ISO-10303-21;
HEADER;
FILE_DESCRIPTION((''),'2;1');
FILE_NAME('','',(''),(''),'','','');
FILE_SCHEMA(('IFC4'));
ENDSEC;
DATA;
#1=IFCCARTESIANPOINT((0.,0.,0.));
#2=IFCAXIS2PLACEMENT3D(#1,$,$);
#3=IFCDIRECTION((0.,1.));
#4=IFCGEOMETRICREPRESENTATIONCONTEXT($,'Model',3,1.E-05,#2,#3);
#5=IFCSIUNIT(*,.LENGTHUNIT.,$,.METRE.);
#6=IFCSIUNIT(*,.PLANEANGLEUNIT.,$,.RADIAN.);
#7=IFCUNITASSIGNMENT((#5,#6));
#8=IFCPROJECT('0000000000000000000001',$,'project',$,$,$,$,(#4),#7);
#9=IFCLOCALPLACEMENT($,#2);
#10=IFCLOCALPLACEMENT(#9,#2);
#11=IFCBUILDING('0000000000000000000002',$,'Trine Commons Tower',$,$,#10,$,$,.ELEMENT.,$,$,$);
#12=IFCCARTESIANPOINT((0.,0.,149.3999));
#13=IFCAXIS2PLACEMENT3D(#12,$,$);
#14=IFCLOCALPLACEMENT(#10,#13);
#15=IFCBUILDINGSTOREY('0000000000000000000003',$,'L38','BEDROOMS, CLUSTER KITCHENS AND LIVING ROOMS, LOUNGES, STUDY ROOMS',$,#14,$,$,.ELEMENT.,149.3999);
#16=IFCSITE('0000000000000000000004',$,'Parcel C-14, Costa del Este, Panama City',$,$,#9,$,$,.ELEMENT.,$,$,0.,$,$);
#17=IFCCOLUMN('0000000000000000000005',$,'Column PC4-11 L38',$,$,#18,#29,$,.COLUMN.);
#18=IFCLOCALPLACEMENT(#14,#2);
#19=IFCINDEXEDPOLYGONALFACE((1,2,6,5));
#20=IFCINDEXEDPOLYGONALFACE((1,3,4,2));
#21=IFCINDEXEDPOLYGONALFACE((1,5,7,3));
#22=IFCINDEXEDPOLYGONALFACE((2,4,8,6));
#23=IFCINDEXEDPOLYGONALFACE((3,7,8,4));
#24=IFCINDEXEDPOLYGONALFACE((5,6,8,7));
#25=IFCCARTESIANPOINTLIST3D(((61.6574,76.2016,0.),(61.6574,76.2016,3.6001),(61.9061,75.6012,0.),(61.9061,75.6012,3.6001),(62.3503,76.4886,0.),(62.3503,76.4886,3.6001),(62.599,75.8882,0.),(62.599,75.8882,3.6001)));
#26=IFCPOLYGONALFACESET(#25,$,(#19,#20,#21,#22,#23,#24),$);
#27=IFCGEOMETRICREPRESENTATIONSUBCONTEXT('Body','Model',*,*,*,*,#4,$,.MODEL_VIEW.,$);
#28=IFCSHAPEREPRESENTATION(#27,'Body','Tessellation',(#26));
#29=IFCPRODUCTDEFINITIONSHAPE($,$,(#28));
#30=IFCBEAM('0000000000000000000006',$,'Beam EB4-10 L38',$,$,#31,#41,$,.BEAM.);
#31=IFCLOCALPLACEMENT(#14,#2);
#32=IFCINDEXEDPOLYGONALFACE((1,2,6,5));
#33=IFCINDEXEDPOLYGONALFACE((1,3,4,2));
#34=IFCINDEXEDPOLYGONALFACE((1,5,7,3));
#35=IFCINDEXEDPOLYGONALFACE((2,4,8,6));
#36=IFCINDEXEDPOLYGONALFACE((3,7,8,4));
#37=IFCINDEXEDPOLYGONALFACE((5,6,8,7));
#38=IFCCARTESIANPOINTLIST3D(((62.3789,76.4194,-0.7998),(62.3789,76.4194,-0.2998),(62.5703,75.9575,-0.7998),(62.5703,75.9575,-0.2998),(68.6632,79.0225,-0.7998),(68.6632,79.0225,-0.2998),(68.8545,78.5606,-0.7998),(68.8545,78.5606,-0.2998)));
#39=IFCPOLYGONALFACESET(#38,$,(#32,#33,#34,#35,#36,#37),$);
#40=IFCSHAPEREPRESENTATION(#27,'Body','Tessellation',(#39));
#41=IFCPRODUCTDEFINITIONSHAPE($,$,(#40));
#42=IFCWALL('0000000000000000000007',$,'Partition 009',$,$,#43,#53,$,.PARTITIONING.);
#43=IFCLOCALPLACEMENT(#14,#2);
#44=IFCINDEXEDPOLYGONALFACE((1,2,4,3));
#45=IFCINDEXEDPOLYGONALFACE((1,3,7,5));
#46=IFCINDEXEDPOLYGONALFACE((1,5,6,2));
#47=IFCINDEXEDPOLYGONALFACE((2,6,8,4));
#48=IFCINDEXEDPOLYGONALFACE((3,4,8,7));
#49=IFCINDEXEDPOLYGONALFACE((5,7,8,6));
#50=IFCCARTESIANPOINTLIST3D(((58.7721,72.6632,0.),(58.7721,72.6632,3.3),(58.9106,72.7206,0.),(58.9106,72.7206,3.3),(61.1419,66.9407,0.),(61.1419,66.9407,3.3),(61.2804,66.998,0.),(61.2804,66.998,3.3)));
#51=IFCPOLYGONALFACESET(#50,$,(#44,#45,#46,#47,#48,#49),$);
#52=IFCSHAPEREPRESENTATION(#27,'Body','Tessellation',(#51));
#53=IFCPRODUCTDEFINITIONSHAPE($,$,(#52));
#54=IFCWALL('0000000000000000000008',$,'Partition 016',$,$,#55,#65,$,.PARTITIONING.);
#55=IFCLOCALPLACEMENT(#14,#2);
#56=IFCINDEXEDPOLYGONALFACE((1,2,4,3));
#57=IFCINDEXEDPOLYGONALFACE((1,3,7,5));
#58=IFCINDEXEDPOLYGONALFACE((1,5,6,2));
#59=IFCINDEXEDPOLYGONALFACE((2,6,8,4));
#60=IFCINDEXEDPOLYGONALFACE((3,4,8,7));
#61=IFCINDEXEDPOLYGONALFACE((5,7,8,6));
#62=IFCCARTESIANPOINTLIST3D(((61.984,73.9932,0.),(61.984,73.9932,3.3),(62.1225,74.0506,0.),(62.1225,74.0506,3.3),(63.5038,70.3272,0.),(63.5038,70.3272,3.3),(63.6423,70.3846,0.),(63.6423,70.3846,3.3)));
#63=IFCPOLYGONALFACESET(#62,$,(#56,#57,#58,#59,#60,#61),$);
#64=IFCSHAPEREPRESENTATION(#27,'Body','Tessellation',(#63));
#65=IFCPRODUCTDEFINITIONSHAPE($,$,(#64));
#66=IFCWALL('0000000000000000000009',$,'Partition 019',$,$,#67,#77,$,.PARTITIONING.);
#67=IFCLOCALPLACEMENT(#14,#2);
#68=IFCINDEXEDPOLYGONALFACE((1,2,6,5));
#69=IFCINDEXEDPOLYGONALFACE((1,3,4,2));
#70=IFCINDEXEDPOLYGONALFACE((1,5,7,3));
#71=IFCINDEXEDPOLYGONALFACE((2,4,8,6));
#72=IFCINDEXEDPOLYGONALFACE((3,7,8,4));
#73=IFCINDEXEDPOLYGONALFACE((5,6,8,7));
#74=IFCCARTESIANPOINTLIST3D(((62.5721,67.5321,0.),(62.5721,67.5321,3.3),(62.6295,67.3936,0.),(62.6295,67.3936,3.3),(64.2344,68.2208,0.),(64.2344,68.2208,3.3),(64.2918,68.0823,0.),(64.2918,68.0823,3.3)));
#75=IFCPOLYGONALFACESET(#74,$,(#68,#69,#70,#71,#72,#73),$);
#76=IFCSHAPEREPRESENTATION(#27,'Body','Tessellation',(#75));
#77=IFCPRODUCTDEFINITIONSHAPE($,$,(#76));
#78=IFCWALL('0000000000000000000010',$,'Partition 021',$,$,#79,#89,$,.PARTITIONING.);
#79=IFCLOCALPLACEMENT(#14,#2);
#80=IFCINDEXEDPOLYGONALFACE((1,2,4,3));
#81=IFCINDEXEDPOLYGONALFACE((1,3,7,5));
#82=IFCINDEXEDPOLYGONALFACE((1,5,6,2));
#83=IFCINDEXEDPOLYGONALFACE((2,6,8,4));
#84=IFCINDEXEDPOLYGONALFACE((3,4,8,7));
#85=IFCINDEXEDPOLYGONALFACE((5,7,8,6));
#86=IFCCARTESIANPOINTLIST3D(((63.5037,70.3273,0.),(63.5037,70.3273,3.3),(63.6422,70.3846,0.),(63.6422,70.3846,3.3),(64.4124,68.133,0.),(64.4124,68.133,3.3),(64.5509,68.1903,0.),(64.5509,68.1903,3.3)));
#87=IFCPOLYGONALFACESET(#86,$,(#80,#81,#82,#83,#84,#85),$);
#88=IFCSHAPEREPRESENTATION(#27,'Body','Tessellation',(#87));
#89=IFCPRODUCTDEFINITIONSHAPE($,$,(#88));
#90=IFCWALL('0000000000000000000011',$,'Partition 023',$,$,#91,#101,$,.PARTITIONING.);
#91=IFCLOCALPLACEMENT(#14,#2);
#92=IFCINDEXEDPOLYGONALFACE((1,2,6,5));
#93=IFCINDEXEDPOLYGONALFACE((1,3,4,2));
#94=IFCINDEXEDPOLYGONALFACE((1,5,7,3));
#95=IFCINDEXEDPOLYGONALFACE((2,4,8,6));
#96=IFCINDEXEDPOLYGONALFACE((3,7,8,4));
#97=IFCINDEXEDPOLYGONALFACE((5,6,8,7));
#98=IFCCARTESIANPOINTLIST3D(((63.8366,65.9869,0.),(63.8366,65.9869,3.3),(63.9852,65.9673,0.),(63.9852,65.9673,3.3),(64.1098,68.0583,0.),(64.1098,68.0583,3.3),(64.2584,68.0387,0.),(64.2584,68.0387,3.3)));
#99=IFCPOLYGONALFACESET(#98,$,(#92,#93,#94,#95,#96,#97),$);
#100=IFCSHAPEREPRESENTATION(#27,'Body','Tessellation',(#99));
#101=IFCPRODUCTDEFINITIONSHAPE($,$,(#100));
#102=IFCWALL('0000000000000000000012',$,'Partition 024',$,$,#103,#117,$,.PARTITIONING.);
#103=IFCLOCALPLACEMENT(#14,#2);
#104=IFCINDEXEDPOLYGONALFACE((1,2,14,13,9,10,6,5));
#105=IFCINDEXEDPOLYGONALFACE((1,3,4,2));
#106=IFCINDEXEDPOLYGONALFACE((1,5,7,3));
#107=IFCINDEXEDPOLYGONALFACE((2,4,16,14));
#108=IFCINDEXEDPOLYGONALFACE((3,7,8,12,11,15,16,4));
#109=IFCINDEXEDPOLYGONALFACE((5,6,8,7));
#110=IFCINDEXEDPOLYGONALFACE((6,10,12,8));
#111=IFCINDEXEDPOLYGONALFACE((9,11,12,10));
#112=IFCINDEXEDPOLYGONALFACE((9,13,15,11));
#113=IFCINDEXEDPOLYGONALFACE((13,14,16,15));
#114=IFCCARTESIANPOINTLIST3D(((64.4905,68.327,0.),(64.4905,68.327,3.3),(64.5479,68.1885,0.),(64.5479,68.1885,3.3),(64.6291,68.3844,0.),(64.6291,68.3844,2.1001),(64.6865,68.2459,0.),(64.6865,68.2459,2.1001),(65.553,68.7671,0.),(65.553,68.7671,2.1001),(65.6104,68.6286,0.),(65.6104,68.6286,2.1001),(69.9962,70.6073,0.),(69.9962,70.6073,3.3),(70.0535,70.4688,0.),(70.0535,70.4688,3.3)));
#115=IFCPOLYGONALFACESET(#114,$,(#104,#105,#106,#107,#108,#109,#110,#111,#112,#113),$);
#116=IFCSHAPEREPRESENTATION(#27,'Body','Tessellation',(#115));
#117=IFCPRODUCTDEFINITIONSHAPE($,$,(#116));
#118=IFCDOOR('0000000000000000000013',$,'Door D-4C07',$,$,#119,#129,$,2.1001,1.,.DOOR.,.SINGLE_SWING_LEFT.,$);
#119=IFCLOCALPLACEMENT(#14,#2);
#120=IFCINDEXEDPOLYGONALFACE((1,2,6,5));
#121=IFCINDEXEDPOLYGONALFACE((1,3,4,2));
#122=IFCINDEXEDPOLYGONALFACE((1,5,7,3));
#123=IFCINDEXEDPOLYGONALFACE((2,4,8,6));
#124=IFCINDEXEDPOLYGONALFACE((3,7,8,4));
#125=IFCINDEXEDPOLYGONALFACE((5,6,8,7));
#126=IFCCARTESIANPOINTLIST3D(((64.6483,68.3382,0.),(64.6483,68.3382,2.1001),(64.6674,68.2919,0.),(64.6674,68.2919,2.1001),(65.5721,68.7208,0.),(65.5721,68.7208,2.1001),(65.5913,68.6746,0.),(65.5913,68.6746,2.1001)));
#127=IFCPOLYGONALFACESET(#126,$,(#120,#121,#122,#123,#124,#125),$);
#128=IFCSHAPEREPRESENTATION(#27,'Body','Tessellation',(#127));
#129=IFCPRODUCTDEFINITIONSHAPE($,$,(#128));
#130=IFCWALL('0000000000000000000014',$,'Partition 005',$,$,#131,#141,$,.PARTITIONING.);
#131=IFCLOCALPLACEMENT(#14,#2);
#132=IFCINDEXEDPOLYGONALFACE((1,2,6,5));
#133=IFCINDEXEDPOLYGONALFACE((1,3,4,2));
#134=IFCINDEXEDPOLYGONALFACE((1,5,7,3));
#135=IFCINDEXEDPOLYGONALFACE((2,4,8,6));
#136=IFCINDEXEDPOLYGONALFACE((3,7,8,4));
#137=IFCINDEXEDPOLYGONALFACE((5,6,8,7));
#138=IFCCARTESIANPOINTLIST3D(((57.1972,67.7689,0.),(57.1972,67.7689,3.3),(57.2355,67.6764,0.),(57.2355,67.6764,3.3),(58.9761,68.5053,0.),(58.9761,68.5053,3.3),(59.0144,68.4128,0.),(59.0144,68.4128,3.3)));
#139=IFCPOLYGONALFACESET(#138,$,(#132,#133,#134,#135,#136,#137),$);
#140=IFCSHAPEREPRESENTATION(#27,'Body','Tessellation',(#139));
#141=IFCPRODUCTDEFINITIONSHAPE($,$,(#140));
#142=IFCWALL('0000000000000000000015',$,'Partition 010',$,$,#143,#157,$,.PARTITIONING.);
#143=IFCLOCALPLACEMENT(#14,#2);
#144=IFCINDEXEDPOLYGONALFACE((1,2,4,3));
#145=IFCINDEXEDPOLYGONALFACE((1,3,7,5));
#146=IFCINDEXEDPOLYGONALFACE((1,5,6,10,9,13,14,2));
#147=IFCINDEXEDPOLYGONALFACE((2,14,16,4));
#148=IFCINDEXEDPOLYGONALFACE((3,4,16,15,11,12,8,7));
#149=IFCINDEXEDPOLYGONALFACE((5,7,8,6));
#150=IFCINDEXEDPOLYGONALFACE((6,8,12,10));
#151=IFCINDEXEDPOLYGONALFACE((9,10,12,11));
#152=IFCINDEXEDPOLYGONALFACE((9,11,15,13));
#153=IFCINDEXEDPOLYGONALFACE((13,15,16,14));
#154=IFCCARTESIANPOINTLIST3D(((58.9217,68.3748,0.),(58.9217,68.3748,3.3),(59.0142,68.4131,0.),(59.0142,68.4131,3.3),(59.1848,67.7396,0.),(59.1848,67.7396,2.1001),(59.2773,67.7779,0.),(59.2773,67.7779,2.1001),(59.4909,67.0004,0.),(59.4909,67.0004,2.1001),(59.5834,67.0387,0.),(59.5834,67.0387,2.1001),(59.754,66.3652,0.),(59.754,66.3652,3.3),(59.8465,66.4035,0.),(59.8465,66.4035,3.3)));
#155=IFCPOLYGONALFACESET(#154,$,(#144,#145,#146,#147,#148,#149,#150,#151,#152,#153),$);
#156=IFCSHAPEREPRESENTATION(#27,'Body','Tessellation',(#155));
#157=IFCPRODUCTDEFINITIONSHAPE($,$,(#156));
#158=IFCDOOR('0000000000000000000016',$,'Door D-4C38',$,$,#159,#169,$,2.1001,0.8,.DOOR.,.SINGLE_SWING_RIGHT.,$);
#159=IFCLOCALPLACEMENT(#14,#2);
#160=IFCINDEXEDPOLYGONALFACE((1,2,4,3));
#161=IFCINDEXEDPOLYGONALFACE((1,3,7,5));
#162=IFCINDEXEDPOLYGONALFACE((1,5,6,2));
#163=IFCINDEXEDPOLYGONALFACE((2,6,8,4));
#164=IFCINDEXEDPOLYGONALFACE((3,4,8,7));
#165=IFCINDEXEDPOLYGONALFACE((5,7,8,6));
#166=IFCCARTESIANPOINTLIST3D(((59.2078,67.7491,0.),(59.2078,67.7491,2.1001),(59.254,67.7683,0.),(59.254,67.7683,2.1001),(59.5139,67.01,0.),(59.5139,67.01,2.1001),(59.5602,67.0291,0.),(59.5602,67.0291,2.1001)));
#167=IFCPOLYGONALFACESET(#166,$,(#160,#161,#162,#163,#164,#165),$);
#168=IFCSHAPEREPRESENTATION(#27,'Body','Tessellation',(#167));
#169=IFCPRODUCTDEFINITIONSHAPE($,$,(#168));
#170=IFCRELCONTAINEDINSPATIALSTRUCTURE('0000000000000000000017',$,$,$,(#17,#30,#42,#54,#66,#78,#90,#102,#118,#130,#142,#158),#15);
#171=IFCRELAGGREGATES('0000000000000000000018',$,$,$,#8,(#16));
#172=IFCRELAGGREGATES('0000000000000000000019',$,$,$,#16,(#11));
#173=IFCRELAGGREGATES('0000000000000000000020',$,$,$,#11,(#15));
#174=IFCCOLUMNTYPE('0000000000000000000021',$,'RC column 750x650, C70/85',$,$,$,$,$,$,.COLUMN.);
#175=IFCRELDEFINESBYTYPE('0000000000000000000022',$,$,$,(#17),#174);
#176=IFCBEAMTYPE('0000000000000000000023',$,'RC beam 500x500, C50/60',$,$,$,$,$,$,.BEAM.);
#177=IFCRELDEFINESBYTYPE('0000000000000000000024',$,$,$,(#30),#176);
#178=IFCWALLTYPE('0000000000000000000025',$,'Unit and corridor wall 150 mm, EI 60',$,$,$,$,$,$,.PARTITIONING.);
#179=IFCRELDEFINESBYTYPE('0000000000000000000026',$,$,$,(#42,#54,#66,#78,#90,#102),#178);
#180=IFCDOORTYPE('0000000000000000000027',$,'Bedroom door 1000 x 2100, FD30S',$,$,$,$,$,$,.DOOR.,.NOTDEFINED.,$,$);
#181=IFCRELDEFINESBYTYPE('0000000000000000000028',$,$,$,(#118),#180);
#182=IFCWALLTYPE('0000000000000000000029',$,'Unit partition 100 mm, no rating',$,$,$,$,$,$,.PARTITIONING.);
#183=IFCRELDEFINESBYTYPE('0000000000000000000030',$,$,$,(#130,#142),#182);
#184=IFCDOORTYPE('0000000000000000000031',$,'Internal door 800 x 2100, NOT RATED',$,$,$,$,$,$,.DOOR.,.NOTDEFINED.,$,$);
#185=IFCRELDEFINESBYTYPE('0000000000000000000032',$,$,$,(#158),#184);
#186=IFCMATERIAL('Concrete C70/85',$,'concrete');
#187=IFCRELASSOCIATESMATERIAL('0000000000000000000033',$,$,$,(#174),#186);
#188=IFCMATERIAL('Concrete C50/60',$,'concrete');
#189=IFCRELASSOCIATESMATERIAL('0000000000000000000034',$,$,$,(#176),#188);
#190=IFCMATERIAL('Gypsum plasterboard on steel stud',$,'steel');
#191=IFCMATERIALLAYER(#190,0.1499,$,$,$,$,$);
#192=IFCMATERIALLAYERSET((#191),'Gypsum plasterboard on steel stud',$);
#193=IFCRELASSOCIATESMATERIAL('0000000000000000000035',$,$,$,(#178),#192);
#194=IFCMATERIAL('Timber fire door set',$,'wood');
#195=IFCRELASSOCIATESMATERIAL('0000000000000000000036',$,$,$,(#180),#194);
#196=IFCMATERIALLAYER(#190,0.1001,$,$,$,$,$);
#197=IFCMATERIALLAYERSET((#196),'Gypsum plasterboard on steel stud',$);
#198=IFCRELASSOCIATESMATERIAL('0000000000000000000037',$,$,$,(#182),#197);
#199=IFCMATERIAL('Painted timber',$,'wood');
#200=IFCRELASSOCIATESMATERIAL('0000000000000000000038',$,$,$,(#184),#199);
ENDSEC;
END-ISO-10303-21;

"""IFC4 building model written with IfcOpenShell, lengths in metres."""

from ifc_helpers import new_model, si_unit, direction, frame, frame_2d, origin, origin_2d, place, context, subcontext, project, spatial, rectangle, extrude, material, layer, layer_set, material_profile, profile_set, type_object, element, fill, save


model = new_model("IFC4")

# Units and contexts
model_context = context("Model", 3, precision=1e-05, world=origin(), true_north=direction((0.0, 1.0)))
body_context = subcontext(model_context, "Body", "Model", "MODEL_VIEW")
ifc_project = project(units=[si_unit("LENGTHUNIT", "METRE"), si_unit("PLANEANGLEUNIT", "RADIAN")], contexts=[model_context])

# Site, building, storey
site_placement = place(None, origin())
site = spatial("IfcSite", under=ifc_project, at=site_placement, Name="Parcel C-14, Costa del Este, Panama City", CompositionType="ELEMENT", RefElevation=0.0)
building_placement = place(site_placement, origin())
building = spatial("IfcBuilding", under=site, at=building_placement, Name="Trine Commons Tower", CompositionType="ELEMENT")
storey_placement = place(building_placement, frame((0.0, 0.0, 149.3999)))
storey = spatial("IfcBuildingStorey", under=building, at=storey_placement, Name="L38", Description="BEDROOMS, CLUSTER KITCHENS AND LIVING ROOMS, LOUNGES, STUDY ROOMS", CompositionType="ELEMENT", Elevation=149.3999)

# Column
ifc_material_1 = material(Name="Concrete C70/85", Category="concrete")
ifc_material_profile_1 = material_profile(ifc_material_1, rectangle(XDim=0.75, YDim=0.6499, at=origin_2d()), Name="RC 750x650")
ifc_profile_set_1 = profile_set([ifc_material_profile_1], Name="Concrete C70/85")
column_type = type_object("IfcColumnType", Name="RC column 750x650, C70/85", PredefinedType="COLUMN", material=ifc_profile_set_1)
column_placement = place(storey_placement, frame((62.1282, 76.0449, 0.0), z_axis=(0.0, 0.0, 1.0), x_axis=(0.92388, 0.382683, 0.0)))
element("IfcColumn", 1, at=column_placement, inside=storey, type_object=column_type, Name="Column PC4-11 L38", PredefinedType="COLUMN", context=body_context, shape_type="SweptSolid", body=[
    extrude(rectangle(XDim=0.75, YDim=0.6499, at=origin_2d()), origin(), (0.0, 0.0, 1.0), 3.6001),
])

# Beam
ifc_material_2 = material(Name="Concrete C50/60", Category="concrete")
ifc_material_profile_2 = material_profile(ifc_material_2, rectangle(XDim=0.5, YDim=0.5, at=origin_2d()), Name="RC 500x500")
ifc_profile_set_2 = profile_set([ifc_material_profile_2], Name="Concrete C50/60")
beam_type = type_object("IfcBeamType", Name="RC beam 500x500, C50/60", PredefinedType="BEAM", material=ifc_profile_set_2)
beam_placement = place(storey_placement, frame((62.4746, 76.1885, -0.5498), z_axis=(0.923878, 0.382688, 0.0), x_axis=(-0.382688, 0.923878, 0.0)))
element("IfcBeam", 2, at=beam_placement, inside=storey, type_object=beam_type, Name="Beam EB4-10 L38", PredefinedType="BEAM", context=body_context, shape_type="SweptSolid", body=[
    extrude(rectangle(XDim=0.5, YDim=0.5, at=origin_2d()), origin(), (0.0, 0.0, 1.0), 6.802),
])

# Walls
ifc_material_3 = material(Name="Gypsum plasterboard on steel stud", Category="steel")
ifc_layer_1 = layer(ifc_material_3, 0.1499)
ifc_layer_set_1 = layer_set([ifc_layer_1], Name="Gypsum plasterboard on steel stud")
wall_type_1 = type_object("IfcWallType", Name="Unit and corridor wall 150 mm, EI 60", PredefinedType="PARTITIONING", material=ifc_layer_set_1)
wall_1_placement = place(storey_placement, frame((58.8413, 72.6919, 0.0), z_axis=(0.0, 0.0, 1.0), x_axis=(0.382611, -0.92391, 0.0)))
element("IfcWall", 3, at=wall_1_placement, inside=storey, type_object=wall_type_1, Name="Partition 009", PredefinedType="PARTITIONING", context=body_context, shape_type="SweptSolid", body=[
    extrude(rectangle(XDim=6.1938, YDim=0.1499, at=frame_2d((3.0969, 0.0))), origin(), (0.0, 0.0, 1.0), 3.3),
])
wall_2_placement = place(storey_placement, frame((62.0532, 74.022, 0.0), z_axis=(0.0, 0.0, 1.0), x_axis=(0.382955, -0.923767, 0.0)))
element("IfcWall", 4, at=wall_2_placement, inside=storey, type_object=wall_type_1, Name="Partition 016", PredefinedType="PARTITIONING", context=body_context, shape_type="SweptSolid", body=[
    extrude(rectangle(XDim=3.9685, YDim=0.1499, at=frame_2d((1.9844, 0.0))), origin(), (0.0, 0.0, 1.0), 3.3),
])
wall_3_placement = place(storey_placement, frame((62.6008, 67.4629, 0.0), z_axis=(0.0, 0.0, 1.0), x_axis=(0.92385, 0.382755, 0.0)))
element("IfcWall", 5, at=wall_3_placement, inside=storey, type_object=wall_type_1, Name="Partition 019", PredefinedType="PARTITIONING", context=body_context, shape_type="SweptSolid", body=[
    extrude(rectangle(XDim=1.7993, YDim=0.1499, at=frame_2d((0.8997, 0.0))), origin(), (0.0, 0.0, 1.0), 3.3),
])
wall_4_placement = place(storey_placement, frame((63.573, 70.356, 0.0), z_axis=(0.0, 0.0, 1.0), x_axis=(0.3826, -0.923914, 0.0)))
element("IfcWall", 6, at=wall_4_placement, inside=storey, type_object=wall_type_1, Name="Partition 021", PredefinedType="PARTITIONING", context=body_context, shape_type="SweptSolid", body=[
    extrude(rectangle(XDim=2.375, YDim=0.1499, at=frame_2d((1.1875, 0.0))), origin(), (0.0, 0.0, 1.0), 3.3),
])
wall_5_placement = place(storey_placement, frame((63.9109, 65.9771, 0.0), z_axis=(0.0, 0.0, 1.0), x_axis=(0.130748, 0.991416, 0.0)))
element("IfcWall", 7, at=wall_5_placement, inside=storey, type_object=wall_type_1, Name="Partition 023", PredefinedType="PARTITIONING", context=body_context, shape_type="SweptSolid", body=[
    extrude(rectangle(XDim=2.0894, YDim=0.1499, at=frame_2d((1.0447, 0.0))), origin(), (0.0, 0.0, 1.0), 3.3),
])

# Wall, opening, door
wall_6_placement = place(storey_placement, frame((64.5193, 68.2578, 0.0), z_axis=(0.0, 0.0, 1.0), x_axis=(0.923893, 0.382651, 0.0)))
wall_6 = element("IfcWall", 8, at=wall_6_placement, inside=storey, type_object=wall_type_1, Name="Partition 024", PredefinedType="PARTITIONING", context=body_context, shape_type="SweptSolid", body=[
    extrude(rectangle(XDim=5.9592, YDim=0.1499, at=frame_2d((2.9795, 0.0))), origin(), (0.0, 0.0, 1.0), 3.3),
])
opening_1_placement = place(wall_6_placement, frame((0.1499, 0.0, 0.0)))
opening_1 = element("IfcOpeningElement", 9, at=opening_1_placement, cuts=wall_6, PredefinedType="OPENING", context=body_context, shape_type="SweptSolid", body=[
    extrude(rectangle(XDim=1.0, YDim=2.1001, at=frame_2d((0.5, 1.05))), frame((0.0, 0.085, 0.0), z_axis=(0.0, -1.0, 0.0), x_axis=(1.0, 0.0, 0.0)), (0.0, 0.0, 1.0), 0.1699),
])
ifc_material_4 = material(Name="Timber fire door set", Category="wood")
door_type_1 = type_object("IfcDoorType", Name="Bedroom door 1000 x 2100, FD30S", OperationType="NOTDEFINED", PredefinedType="DOOR", material=ifc_material_4)
door_1_placement = place(opening_1_placement, origin())
door_1 = element("IfcDoor", 10, at=door_1_placement, inside=storey, type_object=door_type_1, Name="Door D-4C07", OperationType="SINGLE_SWING_LEFT", OverallHeight=2.1001, OverallWidth=1.0, PredefinedType="DOOR", context=body_context, shape_type="SweptSolid", body=[
    extrude(rectangle(XDim=1.0, YDim=2.1001, at=frame_2d((0.5, 1.05))), frame((0.0, 0.0249, 0.0), z_axis=(0.0, -1.0, 0.0), x_axis=(1.0, 0.0, 0.0)), (0.0, 0.0, 1.0), 0.05),
])
fill(opening_1, door_1)

# Wall
ifc_layer_2 = layer(ifc_material_3, 0.1001)
ifc_layer_set_2 = layer_set([ifc_layer_2], Name="Gypsum plasterboard on steel stud")
wall_type_2 = type_object("IfcWallType", Name="Unit partition 100 mm, no rating", PredefinedType="PARTITIONING", material=ifc_layer_set_2)
wall_7_placement = place(storey_placement, frame((57.2163, 67.7227, 0.0), z_axis=(0.0, 0.0, 1.0), x_axis=(0.923967, 0.382471, 0.0)))
element("IfcWall", 11, at=wall_7_placement, inside=storey, type_object=wall_type_2, Name="Partition 005", PredefinedType="PARTITIONING", context=body_context, shape_type="SweptSolid", body=[
    extrude(rectangle(XDim=1.9253, YDim=0.1001, at=frame_2d((0.9626, 0.0))), origin(), (0.0, 0.0, 1.0), 3.3),
])

# Wall, opening, door
wall_8_placement = place(storey_placement, frame((58.968, 68.3938, 0.0), z_axis=(0.0, 0.0, 1.0), x_axis=(0.382646, -0.923895, 0.0)))
wall_8 = element("IfcWall", 12, at=wall_8_placement, inside=storey, type_object=wall_type_2, Name="Partition 010", PredefinedType="PARTITIONING", context=body_context, shape_type="SweptSolid", body=[
    extrude(rectangle(XDim=2.175, YDim=0.1001, at=frame_2d((1.0874, 0.0))), origin(), (0.0, 0.0, 1.0), 3.3),
])
opening_2_placement = place(wall_8_placement, frame((0.6875, 0.0, 0.0)))
opening_2 = element("IfcOpeningElement", 13, at=opening_2_placement, cuts=wall_8, PredefinedType="OPENING", context=body_context, shape_type="SweptSolid", body=[
    extrude(rectangle(XDim=0.8, YDim=2.1001, at=frame_2d((0.3999, 1.05))), frame((0.0, 0.0601, 0.0), z_axis=(0.0, -1.0, 0.0), x_axis=(1.0, 0.0, 0.0)), (0.0, 0.0, 1.0), 0.1201),
])
ifc_material_5 = material(Name="Painted timber", Category="wood")
door_type_2 = type_object("IfcDoorType", Name="Internal door 800 x 2100, NOT RATED", OperationType="NOTDEFINED", PredefinedType="DOOR", material=ifc_material_5)
door_2_placement = place(opening_2_placement, origin())
door_2 = element("IfcDoor", 14, at=door_2_placement, inside=storey, type_object=door_type_2, Name="Door D-4C38", OperationType="SINGLE_SWING_RIGHT", OverallHeight=2.1001, OverallWidth=0.8, PredefinedType="DOOR", context=body_context, shape_type="SweptSolid", body=[
    extrude(rectangle(XDim=0.8, YDim=2.1001, at=frame_2d((0.3999, 1.05))), frame((0.0, 0.0249, 0.0), z_axis=(0.0, -1.0, 0.0), x_axis=(1.0, 0.0, 0.0)), (0.0, 0.0, 1.0), 0.05),
])
fill(opening_2, door_2)

save(model, "model.ifc")
